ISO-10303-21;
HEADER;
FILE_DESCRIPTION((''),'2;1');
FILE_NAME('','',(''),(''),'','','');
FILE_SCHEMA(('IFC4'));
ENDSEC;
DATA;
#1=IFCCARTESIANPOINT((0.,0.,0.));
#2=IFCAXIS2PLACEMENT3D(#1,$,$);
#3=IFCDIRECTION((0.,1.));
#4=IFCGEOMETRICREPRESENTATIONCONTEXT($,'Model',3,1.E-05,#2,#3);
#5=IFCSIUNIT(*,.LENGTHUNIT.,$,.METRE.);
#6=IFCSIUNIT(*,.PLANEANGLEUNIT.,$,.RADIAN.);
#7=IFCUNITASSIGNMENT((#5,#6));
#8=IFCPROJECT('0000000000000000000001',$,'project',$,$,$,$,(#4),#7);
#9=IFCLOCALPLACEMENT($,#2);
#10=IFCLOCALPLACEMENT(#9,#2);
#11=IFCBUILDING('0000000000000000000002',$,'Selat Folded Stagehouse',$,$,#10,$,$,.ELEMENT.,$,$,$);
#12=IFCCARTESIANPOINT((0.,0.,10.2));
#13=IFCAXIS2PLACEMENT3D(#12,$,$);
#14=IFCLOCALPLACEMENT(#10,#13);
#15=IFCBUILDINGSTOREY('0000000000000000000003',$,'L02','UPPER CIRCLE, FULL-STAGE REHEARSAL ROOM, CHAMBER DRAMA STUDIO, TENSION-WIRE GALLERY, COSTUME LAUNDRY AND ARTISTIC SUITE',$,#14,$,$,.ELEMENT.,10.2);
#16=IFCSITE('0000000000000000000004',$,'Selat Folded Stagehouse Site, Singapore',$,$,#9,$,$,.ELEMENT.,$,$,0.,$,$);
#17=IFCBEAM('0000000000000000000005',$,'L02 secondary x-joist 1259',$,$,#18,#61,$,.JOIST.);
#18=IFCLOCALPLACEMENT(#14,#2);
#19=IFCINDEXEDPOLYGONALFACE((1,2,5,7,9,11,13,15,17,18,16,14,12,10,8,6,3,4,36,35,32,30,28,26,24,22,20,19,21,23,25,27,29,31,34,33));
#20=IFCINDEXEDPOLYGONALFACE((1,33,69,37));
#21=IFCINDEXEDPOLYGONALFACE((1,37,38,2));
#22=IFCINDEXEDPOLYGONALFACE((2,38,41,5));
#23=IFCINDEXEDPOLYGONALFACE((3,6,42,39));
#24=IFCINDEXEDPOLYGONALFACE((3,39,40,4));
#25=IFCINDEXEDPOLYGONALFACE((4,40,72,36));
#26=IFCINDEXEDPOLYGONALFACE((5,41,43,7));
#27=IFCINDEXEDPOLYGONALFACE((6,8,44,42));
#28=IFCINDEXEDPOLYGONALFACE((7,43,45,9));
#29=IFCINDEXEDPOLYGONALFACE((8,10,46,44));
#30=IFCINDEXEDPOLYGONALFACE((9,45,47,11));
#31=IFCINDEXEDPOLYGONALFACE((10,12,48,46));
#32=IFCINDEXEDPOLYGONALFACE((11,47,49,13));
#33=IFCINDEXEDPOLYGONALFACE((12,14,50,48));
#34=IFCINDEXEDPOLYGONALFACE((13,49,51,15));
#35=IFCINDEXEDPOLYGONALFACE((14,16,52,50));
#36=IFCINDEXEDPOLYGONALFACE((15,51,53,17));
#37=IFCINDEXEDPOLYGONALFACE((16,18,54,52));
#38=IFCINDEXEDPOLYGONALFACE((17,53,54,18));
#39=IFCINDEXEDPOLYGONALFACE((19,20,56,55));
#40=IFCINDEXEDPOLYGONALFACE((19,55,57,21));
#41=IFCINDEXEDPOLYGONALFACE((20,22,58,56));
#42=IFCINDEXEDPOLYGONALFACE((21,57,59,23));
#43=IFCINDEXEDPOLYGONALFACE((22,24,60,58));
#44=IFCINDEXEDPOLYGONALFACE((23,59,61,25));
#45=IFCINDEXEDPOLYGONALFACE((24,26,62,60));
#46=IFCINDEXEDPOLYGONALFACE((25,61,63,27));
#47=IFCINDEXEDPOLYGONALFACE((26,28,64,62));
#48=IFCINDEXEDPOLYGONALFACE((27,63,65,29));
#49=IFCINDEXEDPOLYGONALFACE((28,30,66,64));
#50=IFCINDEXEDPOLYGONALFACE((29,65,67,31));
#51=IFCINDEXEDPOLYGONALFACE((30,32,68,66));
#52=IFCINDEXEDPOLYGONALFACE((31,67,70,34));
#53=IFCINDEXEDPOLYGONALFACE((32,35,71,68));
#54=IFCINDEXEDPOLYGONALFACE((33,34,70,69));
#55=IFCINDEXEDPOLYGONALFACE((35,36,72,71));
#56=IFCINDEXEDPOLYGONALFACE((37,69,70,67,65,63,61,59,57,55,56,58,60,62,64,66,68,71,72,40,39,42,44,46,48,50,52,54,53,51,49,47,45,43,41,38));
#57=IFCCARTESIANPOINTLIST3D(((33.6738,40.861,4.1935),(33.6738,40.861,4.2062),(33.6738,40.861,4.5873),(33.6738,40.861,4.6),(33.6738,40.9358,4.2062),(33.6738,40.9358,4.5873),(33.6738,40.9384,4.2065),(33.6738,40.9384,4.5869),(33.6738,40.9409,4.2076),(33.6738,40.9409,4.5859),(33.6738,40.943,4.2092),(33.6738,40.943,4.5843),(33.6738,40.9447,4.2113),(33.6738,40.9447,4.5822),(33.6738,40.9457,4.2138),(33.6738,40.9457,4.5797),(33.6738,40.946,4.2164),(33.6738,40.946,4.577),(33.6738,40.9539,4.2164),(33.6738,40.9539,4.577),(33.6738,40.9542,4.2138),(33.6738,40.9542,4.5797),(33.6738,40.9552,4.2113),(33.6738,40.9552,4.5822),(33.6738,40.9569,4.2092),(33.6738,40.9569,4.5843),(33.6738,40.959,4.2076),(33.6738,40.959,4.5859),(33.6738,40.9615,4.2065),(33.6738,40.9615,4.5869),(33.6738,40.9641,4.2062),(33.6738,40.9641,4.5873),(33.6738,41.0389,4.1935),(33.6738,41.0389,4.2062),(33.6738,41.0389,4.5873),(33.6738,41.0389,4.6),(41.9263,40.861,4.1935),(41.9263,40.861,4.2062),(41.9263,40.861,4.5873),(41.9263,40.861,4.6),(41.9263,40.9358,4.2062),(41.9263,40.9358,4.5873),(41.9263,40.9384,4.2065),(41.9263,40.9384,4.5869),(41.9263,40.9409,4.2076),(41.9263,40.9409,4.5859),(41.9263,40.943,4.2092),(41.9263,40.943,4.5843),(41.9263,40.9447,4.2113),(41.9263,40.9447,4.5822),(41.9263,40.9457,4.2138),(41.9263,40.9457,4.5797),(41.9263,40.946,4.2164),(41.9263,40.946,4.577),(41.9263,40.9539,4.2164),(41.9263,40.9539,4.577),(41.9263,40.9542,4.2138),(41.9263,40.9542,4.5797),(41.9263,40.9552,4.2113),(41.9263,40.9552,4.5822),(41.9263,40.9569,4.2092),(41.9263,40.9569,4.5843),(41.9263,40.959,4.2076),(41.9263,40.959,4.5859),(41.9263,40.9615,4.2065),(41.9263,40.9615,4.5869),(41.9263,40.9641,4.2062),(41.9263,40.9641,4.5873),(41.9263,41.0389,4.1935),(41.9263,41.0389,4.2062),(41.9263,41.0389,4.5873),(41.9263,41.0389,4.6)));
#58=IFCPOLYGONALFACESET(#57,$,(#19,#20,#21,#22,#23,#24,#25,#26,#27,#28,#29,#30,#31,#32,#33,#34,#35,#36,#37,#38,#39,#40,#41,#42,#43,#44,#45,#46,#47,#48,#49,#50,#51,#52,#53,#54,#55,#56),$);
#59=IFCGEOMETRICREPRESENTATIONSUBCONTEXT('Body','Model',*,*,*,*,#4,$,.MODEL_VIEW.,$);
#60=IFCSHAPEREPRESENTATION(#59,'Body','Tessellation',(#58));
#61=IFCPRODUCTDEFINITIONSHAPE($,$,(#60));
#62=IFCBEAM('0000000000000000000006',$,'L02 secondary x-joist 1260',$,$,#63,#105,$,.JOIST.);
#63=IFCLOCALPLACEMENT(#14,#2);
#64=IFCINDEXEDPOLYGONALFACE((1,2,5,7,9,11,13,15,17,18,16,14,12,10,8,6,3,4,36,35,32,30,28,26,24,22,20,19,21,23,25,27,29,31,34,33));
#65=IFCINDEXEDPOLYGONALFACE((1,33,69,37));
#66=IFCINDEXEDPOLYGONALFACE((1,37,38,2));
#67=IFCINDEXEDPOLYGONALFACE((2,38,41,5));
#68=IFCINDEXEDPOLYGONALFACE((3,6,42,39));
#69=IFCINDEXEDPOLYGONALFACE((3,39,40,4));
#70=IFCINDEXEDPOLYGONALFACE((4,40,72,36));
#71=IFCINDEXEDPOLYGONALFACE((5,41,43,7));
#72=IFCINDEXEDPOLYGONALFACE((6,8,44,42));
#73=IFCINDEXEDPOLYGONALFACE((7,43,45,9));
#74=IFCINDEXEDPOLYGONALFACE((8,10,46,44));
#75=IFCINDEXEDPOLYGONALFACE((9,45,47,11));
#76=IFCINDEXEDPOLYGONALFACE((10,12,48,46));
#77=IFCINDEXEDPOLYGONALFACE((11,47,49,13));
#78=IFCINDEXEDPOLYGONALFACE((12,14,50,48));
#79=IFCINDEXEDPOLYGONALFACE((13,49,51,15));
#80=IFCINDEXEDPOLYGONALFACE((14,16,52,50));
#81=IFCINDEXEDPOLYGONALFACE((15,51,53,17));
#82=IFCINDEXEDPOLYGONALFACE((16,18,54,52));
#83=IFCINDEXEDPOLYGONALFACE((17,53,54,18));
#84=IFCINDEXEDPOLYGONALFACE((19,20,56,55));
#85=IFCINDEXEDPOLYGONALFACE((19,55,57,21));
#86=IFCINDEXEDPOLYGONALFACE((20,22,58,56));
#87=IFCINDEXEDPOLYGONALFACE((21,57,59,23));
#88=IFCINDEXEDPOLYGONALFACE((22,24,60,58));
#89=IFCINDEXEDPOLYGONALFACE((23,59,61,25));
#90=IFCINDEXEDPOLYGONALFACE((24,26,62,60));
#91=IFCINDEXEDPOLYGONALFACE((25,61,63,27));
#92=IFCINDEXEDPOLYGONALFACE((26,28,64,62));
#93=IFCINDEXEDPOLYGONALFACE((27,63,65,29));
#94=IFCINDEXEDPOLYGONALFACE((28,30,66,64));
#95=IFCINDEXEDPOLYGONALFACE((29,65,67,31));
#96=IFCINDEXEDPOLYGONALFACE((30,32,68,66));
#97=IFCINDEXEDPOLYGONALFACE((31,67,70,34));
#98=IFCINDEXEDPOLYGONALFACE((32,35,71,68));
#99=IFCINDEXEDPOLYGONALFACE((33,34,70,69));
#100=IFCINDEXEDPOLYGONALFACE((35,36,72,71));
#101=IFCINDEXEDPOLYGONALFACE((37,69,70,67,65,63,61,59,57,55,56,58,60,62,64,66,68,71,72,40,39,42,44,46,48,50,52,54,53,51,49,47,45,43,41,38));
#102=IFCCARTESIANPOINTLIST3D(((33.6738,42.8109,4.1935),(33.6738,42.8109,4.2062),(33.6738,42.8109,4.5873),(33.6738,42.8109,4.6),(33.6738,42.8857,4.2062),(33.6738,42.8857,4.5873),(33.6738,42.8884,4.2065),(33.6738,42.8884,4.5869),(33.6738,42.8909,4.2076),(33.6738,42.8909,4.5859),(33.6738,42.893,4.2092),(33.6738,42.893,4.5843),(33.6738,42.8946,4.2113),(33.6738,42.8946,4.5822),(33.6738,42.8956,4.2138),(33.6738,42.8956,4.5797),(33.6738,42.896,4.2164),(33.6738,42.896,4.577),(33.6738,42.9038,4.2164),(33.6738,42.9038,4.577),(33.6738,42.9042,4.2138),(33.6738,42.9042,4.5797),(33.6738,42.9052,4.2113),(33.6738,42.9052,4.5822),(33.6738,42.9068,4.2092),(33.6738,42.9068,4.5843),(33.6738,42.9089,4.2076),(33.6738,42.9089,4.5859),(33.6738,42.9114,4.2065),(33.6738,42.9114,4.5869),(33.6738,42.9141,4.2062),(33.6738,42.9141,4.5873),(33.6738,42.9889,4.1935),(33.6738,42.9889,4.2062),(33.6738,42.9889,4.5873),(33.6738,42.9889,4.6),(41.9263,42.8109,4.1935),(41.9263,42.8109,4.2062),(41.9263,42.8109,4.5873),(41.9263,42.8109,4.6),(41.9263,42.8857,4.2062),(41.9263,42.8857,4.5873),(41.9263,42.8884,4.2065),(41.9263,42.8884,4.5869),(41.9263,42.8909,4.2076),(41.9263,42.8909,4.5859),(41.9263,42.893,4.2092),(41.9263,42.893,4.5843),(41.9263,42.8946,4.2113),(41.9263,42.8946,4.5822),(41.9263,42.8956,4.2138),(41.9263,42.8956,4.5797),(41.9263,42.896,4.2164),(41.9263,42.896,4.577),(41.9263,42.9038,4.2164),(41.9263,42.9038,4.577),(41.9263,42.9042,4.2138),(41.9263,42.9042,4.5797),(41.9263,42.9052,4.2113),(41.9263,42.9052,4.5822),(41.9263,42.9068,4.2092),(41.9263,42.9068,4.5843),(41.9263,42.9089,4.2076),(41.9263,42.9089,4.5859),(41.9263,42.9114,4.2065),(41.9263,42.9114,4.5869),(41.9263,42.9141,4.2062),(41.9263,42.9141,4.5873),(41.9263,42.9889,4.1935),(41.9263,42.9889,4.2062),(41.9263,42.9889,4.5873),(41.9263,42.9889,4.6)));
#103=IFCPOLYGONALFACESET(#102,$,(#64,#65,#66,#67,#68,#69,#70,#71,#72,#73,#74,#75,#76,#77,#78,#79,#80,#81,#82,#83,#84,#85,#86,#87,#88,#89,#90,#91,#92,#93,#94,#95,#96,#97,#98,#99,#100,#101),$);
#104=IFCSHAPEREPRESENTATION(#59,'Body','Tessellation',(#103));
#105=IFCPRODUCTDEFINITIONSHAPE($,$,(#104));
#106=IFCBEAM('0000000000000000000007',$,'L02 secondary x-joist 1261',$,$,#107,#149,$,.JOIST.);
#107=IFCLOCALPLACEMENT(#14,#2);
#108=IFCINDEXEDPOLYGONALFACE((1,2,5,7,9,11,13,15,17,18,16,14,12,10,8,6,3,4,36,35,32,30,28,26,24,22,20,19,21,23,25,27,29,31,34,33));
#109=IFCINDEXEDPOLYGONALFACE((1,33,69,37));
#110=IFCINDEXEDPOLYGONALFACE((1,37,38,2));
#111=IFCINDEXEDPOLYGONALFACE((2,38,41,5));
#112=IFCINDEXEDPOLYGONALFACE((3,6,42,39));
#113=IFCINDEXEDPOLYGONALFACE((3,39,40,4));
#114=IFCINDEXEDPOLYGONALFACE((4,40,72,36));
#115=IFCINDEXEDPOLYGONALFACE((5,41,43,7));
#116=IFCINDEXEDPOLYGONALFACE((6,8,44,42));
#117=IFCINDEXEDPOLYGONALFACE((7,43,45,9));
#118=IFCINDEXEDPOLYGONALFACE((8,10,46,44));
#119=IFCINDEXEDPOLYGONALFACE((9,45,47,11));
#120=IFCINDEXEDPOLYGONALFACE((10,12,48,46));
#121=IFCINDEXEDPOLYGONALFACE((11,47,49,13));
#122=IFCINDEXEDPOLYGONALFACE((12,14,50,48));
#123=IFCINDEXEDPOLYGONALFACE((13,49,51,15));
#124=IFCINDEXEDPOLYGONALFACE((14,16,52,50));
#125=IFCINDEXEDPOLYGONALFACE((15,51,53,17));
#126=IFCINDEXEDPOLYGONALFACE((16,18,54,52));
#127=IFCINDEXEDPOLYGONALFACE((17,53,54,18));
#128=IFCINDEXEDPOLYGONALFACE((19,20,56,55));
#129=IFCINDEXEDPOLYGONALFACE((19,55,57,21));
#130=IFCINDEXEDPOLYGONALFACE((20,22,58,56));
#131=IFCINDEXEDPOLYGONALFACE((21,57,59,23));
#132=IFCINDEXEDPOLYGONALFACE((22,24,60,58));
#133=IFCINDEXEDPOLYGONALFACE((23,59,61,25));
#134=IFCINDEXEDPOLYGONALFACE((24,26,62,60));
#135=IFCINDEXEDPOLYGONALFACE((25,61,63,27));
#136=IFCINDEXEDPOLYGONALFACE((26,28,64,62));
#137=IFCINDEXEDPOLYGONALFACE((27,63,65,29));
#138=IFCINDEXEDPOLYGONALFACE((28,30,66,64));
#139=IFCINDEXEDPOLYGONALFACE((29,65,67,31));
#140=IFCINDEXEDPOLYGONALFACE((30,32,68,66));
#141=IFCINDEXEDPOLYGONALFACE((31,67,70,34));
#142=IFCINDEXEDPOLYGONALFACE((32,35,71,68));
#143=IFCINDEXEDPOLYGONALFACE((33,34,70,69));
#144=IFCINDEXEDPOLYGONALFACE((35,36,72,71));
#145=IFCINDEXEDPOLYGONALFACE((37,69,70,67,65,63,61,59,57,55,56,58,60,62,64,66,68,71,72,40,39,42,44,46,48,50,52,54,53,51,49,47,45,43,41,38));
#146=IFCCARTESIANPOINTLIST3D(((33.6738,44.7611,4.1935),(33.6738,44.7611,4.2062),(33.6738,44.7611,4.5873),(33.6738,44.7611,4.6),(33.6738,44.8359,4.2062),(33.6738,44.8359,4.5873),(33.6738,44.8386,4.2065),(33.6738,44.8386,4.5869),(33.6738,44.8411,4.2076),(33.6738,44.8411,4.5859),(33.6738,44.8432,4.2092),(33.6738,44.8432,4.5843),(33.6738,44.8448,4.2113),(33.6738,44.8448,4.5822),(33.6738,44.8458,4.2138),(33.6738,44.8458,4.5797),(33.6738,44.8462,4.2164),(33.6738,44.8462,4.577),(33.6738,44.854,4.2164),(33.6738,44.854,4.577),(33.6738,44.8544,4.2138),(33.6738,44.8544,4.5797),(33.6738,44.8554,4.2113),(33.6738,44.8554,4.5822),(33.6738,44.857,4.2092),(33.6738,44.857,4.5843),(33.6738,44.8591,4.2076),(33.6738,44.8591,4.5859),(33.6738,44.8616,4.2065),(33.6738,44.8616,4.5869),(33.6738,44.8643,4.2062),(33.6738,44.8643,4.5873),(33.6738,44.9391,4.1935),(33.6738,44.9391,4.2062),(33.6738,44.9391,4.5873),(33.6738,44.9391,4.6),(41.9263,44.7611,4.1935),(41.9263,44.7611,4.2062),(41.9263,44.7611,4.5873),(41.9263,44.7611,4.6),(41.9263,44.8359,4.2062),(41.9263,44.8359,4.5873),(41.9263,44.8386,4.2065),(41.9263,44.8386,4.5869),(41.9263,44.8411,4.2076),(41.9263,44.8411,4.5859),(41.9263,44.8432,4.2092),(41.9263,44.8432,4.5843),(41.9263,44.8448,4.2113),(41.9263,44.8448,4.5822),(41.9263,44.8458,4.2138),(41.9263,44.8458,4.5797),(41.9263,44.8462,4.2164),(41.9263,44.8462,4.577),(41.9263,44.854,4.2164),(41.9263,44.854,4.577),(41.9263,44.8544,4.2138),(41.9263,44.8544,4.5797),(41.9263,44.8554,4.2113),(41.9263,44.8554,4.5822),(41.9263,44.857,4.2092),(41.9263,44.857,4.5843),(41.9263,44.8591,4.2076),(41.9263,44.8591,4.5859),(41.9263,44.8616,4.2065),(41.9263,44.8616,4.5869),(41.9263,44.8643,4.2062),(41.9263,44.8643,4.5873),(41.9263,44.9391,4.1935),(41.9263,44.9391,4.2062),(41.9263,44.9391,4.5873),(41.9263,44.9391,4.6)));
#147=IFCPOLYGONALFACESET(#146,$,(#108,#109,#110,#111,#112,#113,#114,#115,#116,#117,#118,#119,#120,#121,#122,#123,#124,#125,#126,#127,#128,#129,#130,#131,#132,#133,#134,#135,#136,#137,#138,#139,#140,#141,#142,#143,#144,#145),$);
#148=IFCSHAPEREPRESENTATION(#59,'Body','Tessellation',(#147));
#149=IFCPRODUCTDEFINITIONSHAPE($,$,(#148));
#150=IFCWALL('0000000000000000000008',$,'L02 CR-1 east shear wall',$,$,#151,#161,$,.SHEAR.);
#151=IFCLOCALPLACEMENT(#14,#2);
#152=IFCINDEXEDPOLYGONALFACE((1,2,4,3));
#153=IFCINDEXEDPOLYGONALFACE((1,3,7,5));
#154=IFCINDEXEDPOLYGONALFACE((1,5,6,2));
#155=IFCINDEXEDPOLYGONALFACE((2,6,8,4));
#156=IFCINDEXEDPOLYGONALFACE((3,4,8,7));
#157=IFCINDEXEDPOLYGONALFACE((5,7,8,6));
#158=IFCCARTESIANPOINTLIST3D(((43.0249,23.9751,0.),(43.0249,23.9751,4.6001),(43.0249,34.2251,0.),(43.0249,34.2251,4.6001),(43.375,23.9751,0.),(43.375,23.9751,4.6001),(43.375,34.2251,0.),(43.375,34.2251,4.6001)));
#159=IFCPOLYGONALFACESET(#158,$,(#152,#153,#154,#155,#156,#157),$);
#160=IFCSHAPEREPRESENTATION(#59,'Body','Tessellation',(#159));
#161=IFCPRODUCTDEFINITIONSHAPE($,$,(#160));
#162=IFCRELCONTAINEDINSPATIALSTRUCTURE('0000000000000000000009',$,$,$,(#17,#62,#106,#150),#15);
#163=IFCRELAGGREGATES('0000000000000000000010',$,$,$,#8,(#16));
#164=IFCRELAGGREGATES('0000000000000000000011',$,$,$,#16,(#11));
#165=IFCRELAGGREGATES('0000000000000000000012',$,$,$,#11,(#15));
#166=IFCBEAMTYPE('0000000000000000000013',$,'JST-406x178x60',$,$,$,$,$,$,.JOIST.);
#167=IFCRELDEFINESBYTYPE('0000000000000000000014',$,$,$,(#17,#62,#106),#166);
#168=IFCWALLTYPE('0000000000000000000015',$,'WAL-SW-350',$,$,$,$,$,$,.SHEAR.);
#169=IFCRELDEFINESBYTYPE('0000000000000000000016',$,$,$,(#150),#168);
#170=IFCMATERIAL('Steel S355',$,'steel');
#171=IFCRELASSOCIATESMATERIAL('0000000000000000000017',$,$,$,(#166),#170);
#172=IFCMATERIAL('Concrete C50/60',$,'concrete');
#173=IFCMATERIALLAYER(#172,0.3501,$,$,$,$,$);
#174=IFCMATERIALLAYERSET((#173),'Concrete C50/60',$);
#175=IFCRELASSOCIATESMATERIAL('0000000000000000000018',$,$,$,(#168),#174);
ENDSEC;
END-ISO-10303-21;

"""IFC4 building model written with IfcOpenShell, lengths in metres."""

from ifc_helpers import new_model, si_unit, direction, frame, frame_2d, origin, origin_2d, place, context, subcontext, project, spatial, rectangle, i_section, extrude, material, layer, layer_set, material_profile, profile_set, type_object, element, save


model = new_model("IFC4")

# Units and contexts
model_context = context("Model", 3, precision=1e-05, world=origin(), true_north=direction((0.0, 1.0)))
body_context = subcontext(model_context, "Body", "Model", "MODEL_VIEW")
ifc_project = project(units=[si_unit("LENGTHUNIT", "METRE"), si_unit("PLANEANGLEUNIT", "RADIAN")], contexts=[model_context])

# Site, building, storey
site_placement = place(None, origin())
site = spatial("IfcSite", under=ifc_project, at=site_placement, Name="Selat Folded Stagehouse Site, Singapore", CompositionType="ELEMENT", RefElevation=0.0)
building_placement = place(site_placement, origin())
building = spatial("IfcBuilding", under=site, at=building_placement, Name="Selat Folded Stagehouse", CompositionType="ELEMENT")
storey_placement = place(building_placement, frame((0.0, 0.0, 10.2)))
storey = spatial("IfcBuildingStorey", under=building, at=storey_placement, Name="L02", Description="UPPER CIRCLE, FULL-STAGE REHEARSAL ROOM, CHAMBER DRAMA STUDIO, TENSION-WIRE GALLERY, COSTUME LAUNDRY AND ARTISTIC SUITE", CompositionType="ELEMENT", Elevation=10.2)

# Shared definitions
ifc_material_1 = material(Name="Steel S355", Category="steel")

# Beams
ifc_material_profile_1 = material_profile(ifc_material_1, i_section(OverallWidth=0.178, OverallDepth=0.4065, WebThickness=0.0078, FlangeThickness=0.0127, FilletRadius=0.0103, at=origin_2d()), Name="UKB 406x178x60")
ifc_profile_set_1 = profile_set([ifc_material_profile_1], Name="Steel S355")
beam_type_1 = type_object("IfcBeamType", Name="JST-406x178x60", PredefinedType="JOIST", material=ifc_profile_set_1)
for number, where, z_axis, x_axis, name in (
    (1, (33.6738, 40.95, 4.3967), (1.0, 0.0, 0.0), (0.0, 1.0, 0.0), "L02 secondary x-joist 1259"),
    (2, (33.6738, 42.8999, 4.3967), (1.0, 0.0, 0.0), (0.0, 1.0, 0.0), "L02 secondary x-joist 1260"),
    (3, (33.6738, 44.8501, 4.3967), (1.0, 0.0, 0.0), (0.0, 1.0, 0.0), "L02 secondary x-joist 1261"),
):
    element("IfcBeam", number, at=place(storey_placement, frame(where, z_axis=z_axis, x_axis=x_axis)), inside=storey, type_object=beam_type_1, Name=name, PredefinedType="JOIST", context=body_context, shape_type="SweptSolid", body=[
        extrude(i_section(OverallWidth=0.178, OverallDepth=0.4065, WebThickness=0.0078, FlangeThickness=0.0127, FilletRadius=0.0103, at=origin_2d()), origin(), (0.0, 0.0, 1.0), 8.2524),
    ])

# Shared definitions
ifc_material_2 = material(Name="Concrete C50/60", Category="concrete")
ifc_layer = layer(ifc_material_2, 0.3501)
ifc_layer_set = layer_set([ifc_layer], Name="Concrete C50/60")
wall_type = type_object("IfcWallType", Name="WAL-SW-350", PredefinedType="SHEAR", material=ifc_layer_set)

# Wall
wall_1_placement = place(storey_placement, frame((43.2, 34.2251, 0.0), z_axis=(0.0, 0.0, 1.0), x_axis=(0.0, -1.0, 0.0)))
element("IfcWall", 4, at=wall_1_placement, inside=storey, type_object=wall_type, Name="L02 CR-1 east shear wall", PredefinedType="SHEAR", context=body_context, shape_type="SweptSolid", body=[
    extrude(rectangle(XDim=10.25, YDim=0.3501, at=frame_2d((5.125, 0.0))), origin(), (0.0, 0.0, 1.0), 4.6001),
])

save(model, "model.ifc")
